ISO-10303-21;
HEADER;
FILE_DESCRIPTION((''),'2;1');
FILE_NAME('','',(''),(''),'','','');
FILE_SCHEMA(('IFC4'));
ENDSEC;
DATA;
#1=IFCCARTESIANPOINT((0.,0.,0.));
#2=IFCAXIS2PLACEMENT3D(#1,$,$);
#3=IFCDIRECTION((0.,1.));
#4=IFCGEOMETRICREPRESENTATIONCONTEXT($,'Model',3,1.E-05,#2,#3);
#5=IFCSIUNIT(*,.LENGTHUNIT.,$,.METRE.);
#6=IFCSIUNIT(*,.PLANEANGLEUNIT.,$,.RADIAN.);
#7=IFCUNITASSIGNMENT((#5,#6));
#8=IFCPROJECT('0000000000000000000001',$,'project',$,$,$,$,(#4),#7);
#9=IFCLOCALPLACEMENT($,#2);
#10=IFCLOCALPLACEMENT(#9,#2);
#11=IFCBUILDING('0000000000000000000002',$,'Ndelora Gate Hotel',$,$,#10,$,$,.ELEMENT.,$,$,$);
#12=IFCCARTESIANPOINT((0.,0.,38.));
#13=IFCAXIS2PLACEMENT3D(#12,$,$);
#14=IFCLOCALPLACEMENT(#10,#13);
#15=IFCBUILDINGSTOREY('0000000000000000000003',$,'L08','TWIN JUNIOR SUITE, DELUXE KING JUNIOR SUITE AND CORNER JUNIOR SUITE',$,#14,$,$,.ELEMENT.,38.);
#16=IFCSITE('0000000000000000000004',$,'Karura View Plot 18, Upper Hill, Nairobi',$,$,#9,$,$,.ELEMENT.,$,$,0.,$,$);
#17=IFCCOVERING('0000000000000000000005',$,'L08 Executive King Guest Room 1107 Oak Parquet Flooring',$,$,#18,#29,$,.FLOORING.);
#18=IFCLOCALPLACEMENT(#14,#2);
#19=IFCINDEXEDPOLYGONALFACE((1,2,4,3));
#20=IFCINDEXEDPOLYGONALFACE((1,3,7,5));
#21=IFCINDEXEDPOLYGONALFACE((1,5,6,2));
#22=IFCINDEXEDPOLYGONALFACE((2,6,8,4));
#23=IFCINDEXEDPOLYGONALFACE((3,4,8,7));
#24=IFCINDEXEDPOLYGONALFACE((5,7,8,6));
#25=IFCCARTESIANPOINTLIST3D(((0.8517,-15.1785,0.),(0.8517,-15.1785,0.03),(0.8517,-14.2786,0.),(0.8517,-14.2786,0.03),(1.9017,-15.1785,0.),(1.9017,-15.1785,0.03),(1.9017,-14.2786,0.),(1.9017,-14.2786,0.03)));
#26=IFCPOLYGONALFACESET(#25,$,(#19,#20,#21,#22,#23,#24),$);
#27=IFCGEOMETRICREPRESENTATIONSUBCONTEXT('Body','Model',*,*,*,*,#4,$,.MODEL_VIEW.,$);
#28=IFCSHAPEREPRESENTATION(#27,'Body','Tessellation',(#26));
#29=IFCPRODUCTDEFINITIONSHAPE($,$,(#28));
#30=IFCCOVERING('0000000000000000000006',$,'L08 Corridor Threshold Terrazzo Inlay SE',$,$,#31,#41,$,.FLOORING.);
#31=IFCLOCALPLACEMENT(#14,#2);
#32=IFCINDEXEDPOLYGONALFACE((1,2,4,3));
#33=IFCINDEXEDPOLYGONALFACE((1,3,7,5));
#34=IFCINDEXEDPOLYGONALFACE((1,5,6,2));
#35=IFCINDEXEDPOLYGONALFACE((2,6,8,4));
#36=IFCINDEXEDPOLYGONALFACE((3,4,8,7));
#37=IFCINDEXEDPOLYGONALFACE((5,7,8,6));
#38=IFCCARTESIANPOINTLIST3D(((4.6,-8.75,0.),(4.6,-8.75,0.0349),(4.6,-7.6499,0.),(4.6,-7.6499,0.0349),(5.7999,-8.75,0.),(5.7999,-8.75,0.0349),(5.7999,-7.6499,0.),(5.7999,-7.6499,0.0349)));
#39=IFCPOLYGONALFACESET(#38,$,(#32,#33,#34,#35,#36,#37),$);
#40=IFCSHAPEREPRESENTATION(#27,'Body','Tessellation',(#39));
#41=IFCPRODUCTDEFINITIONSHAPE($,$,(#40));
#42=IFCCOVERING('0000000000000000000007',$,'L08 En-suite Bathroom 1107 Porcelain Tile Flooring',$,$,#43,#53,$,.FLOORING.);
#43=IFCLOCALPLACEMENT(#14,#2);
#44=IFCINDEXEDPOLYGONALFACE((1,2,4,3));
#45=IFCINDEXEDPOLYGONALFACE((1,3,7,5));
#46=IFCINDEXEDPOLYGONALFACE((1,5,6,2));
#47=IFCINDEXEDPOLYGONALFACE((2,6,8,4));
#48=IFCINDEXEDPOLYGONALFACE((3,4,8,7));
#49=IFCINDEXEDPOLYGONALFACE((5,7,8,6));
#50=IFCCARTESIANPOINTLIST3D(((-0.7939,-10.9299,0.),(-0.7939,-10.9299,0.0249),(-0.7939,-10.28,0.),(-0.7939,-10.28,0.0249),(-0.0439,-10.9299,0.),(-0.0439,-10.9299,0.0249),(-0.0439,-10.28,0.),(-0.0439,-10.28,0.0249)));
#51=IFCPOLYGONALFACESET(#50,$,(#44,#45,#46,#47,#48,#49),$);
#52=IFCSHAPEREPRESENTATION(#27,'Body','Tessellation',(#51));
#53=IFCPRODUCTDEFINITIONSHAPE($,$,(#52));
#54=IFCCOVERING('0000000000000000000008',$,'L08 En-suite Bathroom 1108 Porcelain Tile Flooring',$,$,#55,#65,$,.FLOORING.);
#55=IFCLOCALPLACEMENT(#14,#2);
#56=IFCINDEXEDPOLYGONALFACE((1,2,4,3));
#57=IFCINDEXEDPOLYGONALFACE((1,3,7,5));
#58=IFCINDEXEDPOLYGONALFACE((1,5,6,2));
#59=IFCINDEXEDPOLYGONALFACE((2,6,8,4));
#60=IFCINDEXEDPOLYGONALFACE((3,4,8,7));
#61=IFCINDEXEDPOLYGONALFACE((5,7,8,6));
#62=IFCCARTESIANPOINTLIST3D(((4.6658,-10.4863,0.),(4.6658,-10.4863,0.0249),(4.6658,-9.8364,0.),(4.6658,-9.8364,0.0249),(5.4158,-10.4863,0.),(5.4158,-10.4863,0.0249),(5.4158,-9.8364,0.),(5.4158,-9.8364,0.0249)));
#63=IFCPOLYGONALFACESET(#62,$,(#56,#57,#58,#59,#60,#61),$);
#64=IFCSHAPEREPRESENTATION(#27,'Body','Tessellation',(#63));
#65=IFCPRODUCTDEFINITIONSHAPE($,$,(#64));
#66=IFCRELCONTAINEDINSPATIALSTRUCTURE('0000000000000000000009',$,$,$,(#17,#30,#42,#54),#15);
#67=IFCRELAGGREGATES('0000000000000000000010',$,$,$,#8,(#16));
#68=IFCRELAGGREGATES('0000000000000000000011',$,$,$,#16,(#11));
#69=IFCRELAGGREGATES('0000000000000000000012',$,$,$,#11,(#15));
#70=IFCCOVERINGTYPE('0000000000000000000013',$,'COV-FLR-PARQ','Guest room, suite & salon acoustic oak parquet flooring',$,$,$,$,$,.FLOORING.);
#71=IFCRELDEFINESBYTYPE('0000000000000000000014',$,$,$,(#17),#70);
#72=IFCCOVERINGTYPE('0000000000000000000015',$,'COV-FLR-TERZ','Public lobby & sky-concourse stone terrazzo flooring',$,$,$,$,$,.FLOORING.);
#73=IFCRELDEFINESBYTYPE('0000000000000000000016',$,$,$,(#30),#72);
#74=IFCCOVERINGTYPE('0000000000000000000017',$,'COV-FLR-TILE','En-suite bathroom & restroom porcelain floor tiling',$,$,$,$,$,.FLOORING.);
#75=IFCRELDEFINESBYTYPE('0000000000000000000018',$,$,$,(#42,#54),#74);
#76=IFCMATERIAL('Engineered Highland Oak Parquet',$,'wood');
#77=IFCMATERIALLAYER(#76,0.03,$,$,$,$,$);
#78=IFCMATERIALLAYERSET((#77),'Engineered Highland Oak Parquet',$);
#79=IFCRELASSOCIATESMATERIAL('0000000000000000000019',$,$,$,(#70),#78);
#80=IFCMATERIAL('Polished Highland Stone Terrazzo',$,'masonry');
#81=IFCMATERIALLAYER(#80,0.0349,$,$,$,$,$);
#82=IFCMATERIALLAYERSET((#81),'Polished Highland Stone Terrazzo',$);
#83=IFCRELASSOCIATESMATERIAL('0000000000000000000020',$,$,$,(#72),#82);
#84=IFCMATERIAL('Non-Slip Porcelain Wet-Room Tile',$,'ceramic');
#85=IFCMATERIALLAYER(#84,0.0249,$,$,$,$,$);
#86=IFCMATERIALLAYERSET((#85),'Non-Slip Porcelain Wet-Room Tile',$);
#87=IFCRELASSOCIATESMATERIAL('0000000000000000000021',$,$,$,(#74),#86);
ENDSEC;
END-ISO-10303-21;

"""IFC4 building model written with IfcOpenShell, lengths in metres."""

from ifc_helpers import new_model, si_unit, direction, frame, origin, origin_2d, place, context, subcontext, project, spatial, rectangle, extrude, material, layer, layer_set, type_object, element, save


model = new_model("IFC4")

# Units and contexts
model_context = context("Model", 3, precision=1e-05, world=origin(), true_north=direction((0.0, 1.0)))
body_context = subcontext(model_context, "Body", "Model", "MODEL_VIEW")
ifc_project = project(units=[si_unit("LENGTHUNIT", "METRE"), si_unit("PLANEANGLEUNIT", "RADIAN")], contexts=[model_context])

# Site, building, storey
site_placement = place(None, origin())
site = spatial("IfcSite", under=ifc_project, at=site_placement, Name="Karura View Plot 18, Upper Hill, Nairobi", CompositionType="ELEMENT", RefElevation=0.0)
building_placement = place(site_placement, origin())
building = spatial("IfcBuilding", under=site, at=building_placement, Name="Ndelora Gate Hotel", CompositionType="ELEMENT")
storey_placement = place(building_placement, frame((0.0, 0.0, 38.0)))
storey = spatial("IfcBuildingStorey", under=building, at=storey_placement, Name="L08", Description="TWIN JUNIOR SUITE, DELUXE KING JUNIOR SUITE AND CORNER JUNIOR SUITE", CompositionType="ELEMENT", Elevation=38.0)

# Coverings
ifc_material_1 = material(Name="Engineered Highland Oak Parquet", Category="wood")
ifc_layer_1 = layer(ifc_material_1, 0.03)
ifc_layer_set_1 = layer_set([ifc_layer_1], Name="Engineered Highland Oak Parquet")
covering_type_1 = type_object("IfcCoveringType", Name="COV-FLR-PARQ", Description="Guest room, suite & salon acoustic oak parquet flooring", PredefinedType="FLOORING", material=ifc_layer_set_1)
covering_1_placement = place(storey_placement, frame((1.3767, -14.7285, 0.0), z_axis=(0.0, 0.0, 1.0), x_axis=(1.0, 0.0, 0.0)))
element("IfcCovering", 1, at=covering_1_placement, inside=storey, type_object=covering_type_1, Name="L08 Executive King Guest Room 1107 Oak Parquet Flooring", PredefinedType="FLOORING", context=body_context, shape_type="SweptSolid", body=[
    extrude(rectangle(XDim=1.05, YDim=0.8999, at=origin_2d()), origin(), (0.0, 0.0, 1.0), 0.03),
])
ifc_material_2 = material(Name="Polished Highland Stone Terrazzo", Category="masonry")
ifc_layer_2 = layer(ifc_material_2, 0.0349)
ifc_layer_set_2 = layer_set([ifc_layer_2], Name="Polished Highland Stone Terrazzo")
covering_type_2 = type_object("IfcCoveringType", Name="COV-FLR-TERZ", Description="Public lobby & sky-concourse stone terrazzo flooring", PredefinedType="FLOORING", material=ifc_layer_set_2)
covering_2_placement = place(storey_placement, frame((5.2, -8.2, 0.0), z_axis=(0.0, 0.0, 1.0), x_axis=(1.0, 0.0, 0.0)))
element("IfcCovering", 2, at=covering_2_placement, inside=storey, type_object=covering_type_2, Name="L08 Corridor Threshold Terrazzo Inlay SE", PredefinedType="FLOORING", context=body_context, shape_type="SweptSolid", body=[
    extrude(rectangle(XDim=1.2, YDim=1.1001, at=origin_2d()), origin(), (0.0, 0.0, 1.0), 0.0349),
])
ifc_material_3 = material(Name="Non-Slip Porcelain Wet-Room Tile", Category="ceramic")
ifc_layer_3 = layer(ifc_material_3, 0.0249)
ifc_layer_set_3 = layer_set([ifc_layer_3], Name="Non-Slip Porcelain Wet-Room Tile")
covering_type_3 = type_object("IfcCoveringType", Name="COV-FLR-TILE", Description="En-suite bathroom & restroom porcelain floor tiling", PredefinedType="FLOORING", material=ifc_layer_set_3)
for number, where, z_axis, x_axis, name in (
    (3, (-0.4189, -10.605, 0.0), (0.0, 0.0, 1.0), (1.0, 0.0, 0.0), "L08 En-suite Bathroom 1107 Porcelain Tile Flooring"),
    (4, (5.0408, -10.1614, 0.0), (0.0, 0.0, 1.0), (1.0, 0.0, 0.0), "L08 En-suite Bathroom 1108 Porcelain Tile Flooring"),
):
    element("IfcCovering", number, at=place(storey_placement, frame(where, z_axis=z_axis, x_axis=x_axis)), inside=storey, type_object=covering_type_3, Name=name, PredefinedType="FLOORING", context=body_context, shape_type="SweptSolid", body=[
        extrude(rectangle(XDim=0.75, YDim=0.6499, at=origin_2d()), origin(), (0.0, 0.0, 1.0), 0.0249),
    ])

save(model, "model.ifc")
